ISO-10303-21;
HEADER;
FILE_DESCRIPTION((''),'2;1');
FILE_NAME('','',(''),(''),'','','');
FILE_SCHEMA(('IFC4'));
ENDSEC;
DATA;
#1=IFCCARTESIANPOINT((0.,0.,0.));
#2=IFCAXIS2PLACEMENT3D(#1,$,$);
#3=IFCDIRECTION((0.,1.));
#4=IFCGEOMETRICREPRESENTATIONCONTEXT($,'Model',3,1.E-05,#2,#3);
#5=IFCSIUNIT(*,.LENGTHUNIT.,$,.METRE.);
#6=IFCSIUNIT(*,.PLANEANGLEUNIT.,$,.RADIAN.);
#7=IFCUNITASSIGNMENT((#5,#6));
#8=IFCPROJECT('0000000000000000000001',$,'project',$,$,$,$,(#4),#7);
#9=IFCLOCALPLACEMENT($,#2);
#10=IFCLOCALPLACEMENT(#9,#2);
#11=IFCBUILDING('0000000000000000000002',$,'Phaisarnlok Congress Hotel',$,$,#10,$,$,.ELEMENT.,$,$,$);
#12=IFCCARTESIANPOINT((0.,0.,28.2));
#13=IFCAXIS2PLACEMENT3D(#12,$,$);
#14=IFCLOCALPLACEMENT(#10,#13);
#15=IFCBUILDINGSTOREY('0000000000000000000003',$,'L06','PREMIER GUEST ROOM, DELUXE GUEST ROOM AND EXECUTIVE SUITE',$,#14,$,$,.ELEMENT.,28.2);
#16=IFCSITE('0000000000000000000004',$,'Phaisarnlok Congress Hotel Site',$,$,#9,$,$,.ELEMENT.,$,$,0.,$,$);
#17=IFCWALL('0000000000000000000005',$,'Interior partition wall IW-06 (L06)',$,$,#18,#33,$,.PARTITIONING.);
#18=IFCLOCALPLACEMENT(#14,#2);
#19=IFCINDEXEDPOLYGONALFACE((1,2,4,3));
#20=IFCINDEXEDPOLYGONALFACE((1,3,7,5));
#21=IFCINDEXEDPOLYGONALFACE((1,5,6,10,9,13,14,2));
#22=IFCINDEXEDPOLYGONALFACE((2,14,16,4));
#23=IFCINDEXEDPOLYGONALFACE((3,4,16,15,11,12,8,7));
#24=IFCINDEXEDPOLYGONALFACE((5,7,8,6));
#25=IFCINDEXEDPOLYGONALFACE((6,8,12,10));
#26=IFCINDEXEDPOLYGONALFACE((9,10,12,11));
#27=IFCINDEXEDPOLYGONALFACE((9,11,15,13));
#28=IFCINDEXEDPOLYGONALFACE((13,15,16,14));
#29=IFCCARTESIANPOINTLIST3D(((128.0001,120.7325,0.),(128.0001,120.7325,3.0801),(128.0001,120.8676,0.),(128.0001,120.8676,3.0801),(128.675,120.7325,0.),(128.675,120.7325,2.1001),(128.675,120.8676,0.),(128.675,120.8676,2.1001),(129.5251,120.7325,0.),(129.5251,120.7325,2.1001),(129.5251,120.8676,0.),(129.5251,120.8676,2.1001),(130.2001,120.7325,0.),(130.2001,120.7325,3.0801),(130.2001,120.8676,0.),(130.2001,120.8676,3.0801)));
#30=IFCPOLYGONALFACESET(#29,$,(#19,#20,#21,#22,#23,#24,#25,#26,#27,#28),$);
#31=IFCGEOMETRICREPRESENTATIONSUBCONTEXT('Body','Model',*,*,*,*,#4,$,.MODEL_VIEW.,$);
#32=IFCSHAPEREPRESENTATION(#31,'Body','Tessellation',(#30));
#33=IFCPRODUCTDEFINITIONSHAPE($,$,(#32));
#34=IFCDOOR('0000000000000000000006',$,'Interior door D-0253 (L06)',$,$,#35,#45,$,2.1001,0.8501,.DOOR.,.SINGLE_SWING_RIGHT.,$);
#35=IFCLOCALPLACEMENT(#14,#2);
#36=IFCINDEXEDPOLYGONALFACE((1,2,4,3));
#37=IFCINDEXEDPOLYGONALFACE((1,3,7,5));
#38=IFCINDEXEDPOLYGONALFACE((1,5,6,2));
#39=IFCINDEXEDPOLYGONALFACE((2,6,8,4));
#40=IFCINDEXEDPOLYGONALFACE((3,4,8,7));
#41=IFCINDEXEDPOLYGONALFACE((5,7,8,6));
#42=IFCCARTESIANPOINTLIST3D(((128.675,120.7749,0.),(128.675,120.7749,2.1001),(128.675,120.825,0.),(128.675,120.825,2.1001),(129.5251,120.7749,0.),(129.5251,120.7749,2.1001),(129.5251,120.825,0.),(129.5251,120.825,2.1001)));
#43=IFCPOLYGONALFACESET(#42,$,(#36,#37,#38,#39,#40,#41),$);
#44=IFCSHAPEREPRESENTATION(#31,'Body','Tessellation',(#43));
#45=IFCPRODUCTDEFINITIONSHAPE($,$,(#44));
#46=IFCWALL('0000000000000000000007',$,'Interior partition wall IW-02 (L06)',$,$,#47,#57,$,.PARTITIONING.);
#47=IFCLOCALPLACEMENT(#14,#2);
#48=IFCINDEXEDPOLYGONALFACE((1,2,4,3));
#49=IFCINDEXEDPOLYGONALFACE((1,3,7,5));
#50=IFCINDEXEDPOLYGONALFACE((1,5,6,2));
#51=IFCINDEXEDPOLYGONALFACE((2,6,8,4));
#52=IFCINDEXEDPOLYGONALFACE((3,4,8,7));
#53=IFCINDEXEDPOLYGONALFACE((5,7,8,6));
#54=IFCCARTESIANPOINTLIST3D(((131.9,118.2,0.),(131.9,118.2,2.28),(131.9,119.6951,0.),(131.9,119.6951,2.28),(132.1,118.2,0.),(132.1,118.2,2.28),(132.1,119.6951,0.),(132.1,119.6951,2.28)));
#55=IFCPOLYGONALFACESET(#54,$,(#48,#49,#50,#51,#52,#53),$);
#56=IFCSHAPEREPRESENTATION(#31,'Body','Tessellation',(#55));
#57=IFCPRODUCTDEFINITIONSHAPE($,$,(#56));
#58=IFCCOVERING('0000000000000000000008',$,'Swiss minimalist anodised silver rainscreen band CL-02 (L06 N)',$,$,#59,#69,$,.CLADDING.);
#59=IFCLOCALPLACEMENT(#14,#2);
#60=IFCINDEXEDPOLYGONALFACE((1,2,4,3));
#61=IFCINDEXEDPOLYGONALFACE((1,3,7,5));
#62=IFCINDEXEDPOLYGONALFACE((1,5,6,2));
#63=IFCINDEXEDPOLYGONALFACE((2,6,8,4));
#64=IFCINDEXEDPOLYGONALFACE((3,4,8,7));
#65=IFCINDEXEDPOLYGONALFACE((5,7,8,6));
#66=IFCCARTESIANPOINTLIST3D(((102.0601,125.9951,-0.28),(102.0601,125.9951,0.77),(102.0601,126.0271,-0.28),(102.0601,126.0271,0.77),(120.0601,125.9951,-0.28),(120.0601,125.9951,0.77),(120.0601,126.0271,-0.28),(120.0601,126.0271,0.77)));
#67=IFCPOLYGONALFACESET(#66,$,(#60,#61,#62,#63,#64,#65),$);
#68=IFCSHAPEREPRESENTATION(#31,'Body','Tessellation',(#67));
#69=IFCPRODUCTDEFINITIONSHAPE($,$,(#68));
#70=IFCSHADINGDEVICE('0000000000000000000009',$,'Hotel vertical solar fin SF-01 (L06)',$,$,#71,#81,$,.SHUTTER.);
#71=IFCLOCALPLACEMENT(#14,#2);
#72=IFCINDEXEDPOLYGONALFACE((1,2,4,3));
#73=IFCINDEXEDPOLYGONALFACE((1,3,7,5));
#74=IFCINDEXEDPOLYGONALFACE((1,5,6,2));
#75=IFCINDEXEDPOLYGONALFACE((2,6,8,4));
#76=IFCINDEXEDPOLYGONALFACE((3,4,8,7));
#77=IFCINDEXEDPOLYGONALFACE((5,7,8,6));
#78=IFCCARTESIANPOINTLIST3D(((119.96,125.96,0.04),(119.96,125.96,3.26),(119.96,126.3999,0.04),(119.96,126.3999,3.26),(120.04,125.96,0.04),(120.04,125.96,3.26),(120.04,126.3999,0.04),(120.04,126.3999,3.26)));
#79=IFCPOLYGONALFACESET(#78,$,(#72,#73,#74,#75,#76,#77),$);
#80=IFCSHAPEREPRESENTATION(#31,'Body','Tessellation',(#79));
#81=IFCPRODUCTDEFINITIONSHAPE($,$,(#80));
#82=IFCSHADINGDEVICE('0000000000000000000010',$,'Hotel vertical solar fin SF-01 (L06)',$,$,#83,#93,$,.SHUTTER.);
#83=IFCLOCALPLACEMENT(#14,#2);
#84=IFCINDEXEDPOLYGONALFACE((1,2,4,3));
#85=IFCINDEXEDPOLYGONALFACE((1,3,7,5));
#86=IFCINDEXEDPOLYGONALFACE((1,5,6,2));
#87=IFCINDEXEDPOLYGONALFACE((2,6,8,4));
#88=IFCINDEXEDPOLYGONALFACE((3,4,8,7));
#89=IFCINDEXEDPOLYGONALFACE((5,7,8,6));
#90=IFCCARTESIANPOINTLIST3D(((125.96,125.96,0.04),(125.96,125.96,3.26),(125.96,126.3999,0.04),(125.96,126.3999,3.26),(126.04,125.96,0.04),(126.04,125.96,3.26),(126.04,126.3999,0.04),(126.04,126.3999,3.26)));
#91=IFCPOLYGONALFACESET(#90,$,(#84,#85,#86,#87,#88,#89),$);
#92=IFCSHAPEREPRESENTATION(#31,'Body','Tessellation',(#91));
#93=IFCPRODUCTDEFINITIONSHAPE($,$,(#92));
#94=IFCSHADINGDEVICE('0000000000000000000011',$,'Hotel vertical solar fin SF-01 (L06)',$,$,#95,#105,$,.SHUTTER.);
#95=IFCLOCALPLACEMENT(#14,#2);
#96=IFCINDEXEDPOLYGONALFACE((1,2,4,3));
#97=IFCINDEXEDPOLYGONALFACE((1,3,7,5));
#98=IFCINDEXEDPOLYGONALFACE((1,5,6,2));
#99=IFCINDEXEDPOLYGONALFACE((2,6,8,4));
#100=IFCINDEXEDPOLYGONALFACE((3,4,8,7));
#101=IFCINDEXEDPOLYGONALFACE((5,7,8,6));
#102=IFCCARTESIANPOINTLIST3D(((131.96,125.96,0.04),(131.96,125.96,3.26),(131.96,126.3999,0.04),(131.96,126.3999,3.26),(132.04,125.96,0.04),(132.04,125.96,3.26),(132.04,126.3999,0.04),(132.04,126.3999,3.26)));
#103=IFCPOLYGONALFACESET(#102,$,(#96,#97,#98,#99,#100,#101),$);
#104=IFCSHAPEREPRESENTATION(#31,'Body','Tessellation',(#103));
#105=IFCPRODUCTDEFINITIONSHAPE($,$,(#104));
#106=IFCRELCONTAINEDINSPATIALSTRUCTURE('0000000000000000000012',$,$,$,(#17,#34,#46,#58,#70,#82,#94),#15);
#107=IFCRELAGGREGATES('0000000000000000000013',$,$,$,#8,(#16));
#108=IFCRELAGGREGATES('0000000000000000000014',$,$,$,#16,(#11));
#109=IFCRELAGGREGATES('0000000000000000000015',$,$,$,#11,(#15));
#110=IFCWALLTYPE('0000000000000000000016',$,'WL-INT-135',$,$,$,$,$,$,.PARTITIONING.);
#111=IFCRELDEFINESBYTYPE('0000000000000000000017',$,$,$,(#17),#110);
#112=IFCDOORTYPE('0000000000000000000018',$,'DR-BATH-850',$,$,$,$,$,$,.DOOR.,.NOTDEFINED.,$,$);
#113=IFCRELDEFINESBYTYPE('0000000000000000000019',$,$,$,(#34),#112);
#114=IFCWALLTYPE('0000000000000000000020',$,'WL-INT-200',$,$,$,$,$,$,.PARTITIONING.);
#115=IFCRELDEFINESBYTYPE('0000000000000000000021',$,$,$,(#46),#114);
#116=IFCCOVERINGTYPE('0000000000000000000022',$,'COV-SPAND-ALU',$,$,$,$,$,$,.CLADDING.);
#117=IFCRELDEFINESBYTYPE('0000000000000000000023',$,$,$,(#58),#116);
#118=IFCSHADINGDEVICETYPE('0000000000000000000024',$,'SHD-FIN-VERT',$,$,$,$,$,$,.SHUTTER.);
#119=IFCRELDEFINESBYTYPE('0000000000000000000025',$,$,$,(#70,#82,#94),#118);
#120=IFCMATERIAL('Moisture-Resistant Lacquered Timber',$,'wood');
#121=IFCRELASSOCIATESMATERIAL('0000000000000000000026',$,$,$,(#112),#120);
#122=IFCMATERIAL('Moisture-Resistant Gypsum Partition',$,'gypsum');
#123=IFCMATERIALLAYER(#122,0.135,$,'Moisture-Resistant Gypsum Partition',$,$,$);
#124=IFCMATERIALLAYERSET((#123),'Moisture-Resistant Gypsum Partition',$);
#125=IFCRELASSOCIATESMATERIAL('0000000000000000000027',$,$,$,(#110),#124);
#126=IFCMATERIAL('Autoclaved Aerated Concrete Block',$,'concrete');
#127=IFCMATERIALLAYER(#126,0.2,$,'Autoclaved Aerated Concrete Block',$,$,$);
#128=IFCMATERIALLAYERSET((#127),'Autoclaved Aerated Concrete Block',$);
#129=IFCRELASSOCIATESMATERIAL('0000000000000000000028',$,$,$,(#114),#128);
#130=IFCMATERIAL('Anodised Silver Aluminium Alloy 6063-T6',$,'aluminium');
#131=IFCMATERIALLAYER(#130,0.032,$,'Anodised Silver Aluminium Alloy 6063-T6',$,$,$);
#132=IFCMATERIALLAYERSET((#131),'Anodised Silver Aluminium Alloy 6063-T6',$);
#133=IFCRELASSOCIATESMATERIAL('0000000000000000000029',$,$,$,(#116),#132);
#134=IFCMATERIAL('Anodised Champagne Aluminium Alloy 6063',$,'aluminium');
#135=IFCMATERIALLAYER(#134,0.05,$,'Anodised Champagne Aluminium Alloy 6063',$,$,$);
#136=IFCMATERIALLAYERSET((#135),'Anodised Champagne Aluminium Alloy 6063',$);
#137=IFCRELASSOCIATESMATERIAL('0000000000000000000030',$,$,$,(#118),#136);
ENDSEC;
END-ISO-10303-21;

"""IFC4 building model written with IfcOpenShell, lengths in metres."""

from ifc_helpers import new_model, si_unit, direction, frame, frame_2d, origin, origin_2d, place, context, subcontext, project, spatial, polyline, rectangle, outline, extrude, material, layer, layer_set, type_object, element, fill, save


model = new_model("IFC4")

# Units and contexts
model_context = context("Model", 3, precision=1e-05, world=origin(), true_north=direction((0.0, 1.0)))
body_context = subcontext(model_context, "Body", "Model", "MODEL_VIEW")
ifc_project = project(units=[si_unit("LENGTHUNIT", "METRE"), si_unit("PLANEANGLEUNIT", "RADIAN")], contexts=[model_context])

# Site, building, storey
site_placement = place(None, origin())
site = spatial("IfcSite", under=ifc_project, at=site_placement, Name="Phaisarnlok Congress Hotel Site", CompositionType="ELEMENT", RefElevation=0.0)
building_placement = place(site_placement, origin())
building = spatial("IfcBuilding", under=site, at=building_placement, Name="Phaisarnlok Congress Hotel", CompositionType="ELEMENT")
storey_placement = place(building_placement, frame((0.0, 0.0, 28.2)))
storey = spatial("IfcBuildingStorey", under=building, at=storey_placement, Name="L06", Description="PREMIER GUEST ROOM, DELUXE GUEST ROOM AND EXECUTIVE SUITE", CompositionType="ELEMENT", Elevation=28.2)

# Shared definitions
ifc_material_1 = material(Name="Moisture-Resistant Lacquered Timber", Category="wood")
door_type = type_object("IfcDoorType", Name="DR-BATH-850", OperationType="NOTDEFINED", PredefinedType="DOOR", material=ifc_material_1)

# Shared definitions
ifc_material_2 = material(Name="Moisture-Resistant Gypsum Partition", Category="gypsum")
ifc_layer_1 = layer(ifc_material_2, 0.135, Name="Moisture-Resistant Gypsum Partition")
ifc_layer_set_1 = layer_set([ifc_layer_1], Name="Moisture-Resistant Gypsum Partition")
wall_type_1 = type_object("IfcWallType", Name="WL-INT-135", PredefinedType="PARTITIONING", material=ifc_layer_set_1)

# Wall, opening, door
wall_1_placement = place(storey_placement, frame((128.0, 120.8, 0.0), z_axis=(0.0, 0.0, 1.0), x_axis=(1.0, 0.0, 0.0)))
wall_1 = element("IfcWall", 1, at=wall_1_placement, inside=storey, type_object=wall_type_1, Name="Interior partition wall IW-06 (L06)", PredefinedType="PARTITIONING", context=body_context, shape_type="SweptSolid", body=[
    extrude(rectangle(XDim=2.2, YDim=0.135, at=frame_2d((1.1001, 0.0))), origin(), (0.0, 0.0, 1.0), 3.0801),
])
opening_1_placement = place(wall_1_placement, frame((0.675, 0.0, 0.0)))
opening_1 = element("IfcOpeningElement", 2, at=opening_1_placement, cuts=wall_1, PredefinedType="OPENING", context=body_context, shape_type="SweptSolid", body=[
    extrude(rectangle(XDim=0.8501, YDim=2.1001, at=frame_2d((0.425, 1.05))), frame((0.0, 0.0776, 0.0), z_axis=(0.0, -1.0, 0.0), x_axis=(1.0, 0.0, 0.0)), (0.0, 0.0, 1.0), 0.155),
])
door_1_placement = place(opening_1_placement, origin())
door_1 = element("IfcDoor", 3, at=door_1_placement, inside=storey, type_object=door_type, Name="Interior door D-0253 (L06)", OperationType="SINGLE_SWING_RIGHT", OverallHeight=2.1001, OverallWidth=0.8501, PredefinedType="DOOR", context=body_context, shape_type="SweptSolid", body=[
    extrude(rectangle(XDim=0.8501, YDim=2.1001, at=frame_2d((0.425, 1.05))), frame((0.0, 0.0249, 0.0), z_axis=(0.0, -1.0, 0.0), x_axis=(1.0, 0.0, 0.0)), (0.0, 0.0, 1.0), 0.05),
])
fill(opening_1, door_1)

# Wall
ifc_material_3 = material(Name="Autoclaved Aerated Concrete Block", Category="concrete")
ifc_layer_2 = layer(ifc_material_3, 0.2, Name="Autoclaved Aerated Concrete Block")
ifc_layer_set_2 = layer_set([ifc_layer_2], Name="Autoclaved Aerated Concrete Block")
wall_type_2 = type_object("IfcWallType", Name="WL-INT-200", PredefinedType="PARTITIONING", material=ifc_layer_set_2)
wall_2_placement = place(storey_placement, frame((132.0, 118.2, 0.0), z_axis=(0.0, 0.0, 1.0), x_axis=(0.0, 1.0, 0.0)))
element("IfcWall", 4, at=wall_2_placement, inside=storey, type_object=wall_type_2, Name="Interior partition wall IW-02 (L06)", PredefinedType="PARTITIONING", context=body_context, shape_type="SweptSolid", body=[
    extrude(rectangle(XDim=1.4951, YDim=0.2, at=frame_2d((0.7476, 0.0))), origin(), (0.0, 0.0, 1.0), 2.28),
])

# Covering
ifc_material_4 = material(Name="Anodised Silver Aluminium Alloy 6063-T6", Category="aluminium")
ifc_layer_3 = layer(ifc_material_4, 0.032, Name="Anodised Silver Aluminium Alloy 6063-T6")
ifc_layer_set_3 = layer_set([ifc_layer_3], Name="Anodised Silver Aluminium Alloy 6063-T6")
covering_type = type_object("IfcCoveringType", Name="COV-SPAND-ALU", PredefinedType="CLADDING", material=ifc_layer_set_3)
covering_placement = place(storey_placement, frame((120.0601, 125.9951, -0.28), z_axis=(0.0, 1.0, 0.0), x_axis=(-1.0, 0.0, 0.0)))
element("IfcCovering", 5, at=covering_placement, inside=storey, type_object=covering_type, Name="Swiss minimalist anodised silver rainscreen band CL-02 (L06 N)", PredefinedType="CLADDING", context=body_context, shape_type="SweptSolid", body=[
    extrude(outline(polyline([(0.0, 0.0), (18.0, 0.0), (18.0, 1.05), (0.0, 1.05), (0.0, 0.0)])), origin(), (0.0, 0.0, 1.0), 0.032),
])

# Shading devices
ifc_material_5 = material(Name="Anodised Champagne Aluminium Alloy 6063", Category="aluminium")
ifc_layer_4 = layer(ifc_material_5, 0.05, Name="Anodised Champagne Aluminium Alloy 6063")
ifc_layer_set_4 = layer_set([ifc_layer_4], Name="Anodised Champagne Aluminium Alloy 6063")
shading_device_type = type_object("IfcShadingDeviceType", Name="SHD-FIN-VERT", PredefinedType="SHUTTER", material=ifc_layer_set_4)
for number, where, z_axis, x_axis, name in (
    (6, (120.0, 126.1799, 0.04), (0.0, 0.0, 1.0), (1.0, 0.0, 0.0), "Hotel vertical solar fin SF-01 (L06)"),
    (7, (126.0, 126.1799, 0.04), (0.0, 0.0, 1.0), (1.0, 0.0, 0.0), "Hotel vertical solar fin SF-01 (L06)"),
    (8, (132.0, 126.1799, 0.04), (0.0, 0.0, 1.0), (1.0, 0.0, 0.0), "Hotel vertical solar fin SF-01 (L06)"),
):
    element("IfcShadingDevice", number, at=place(storey_placement, frame(where, z_axis=z_axis, x_axis=x_axis)), inside=storey, type_object=shading_device_type, Name=name, PredefinedType="SHUTTER", context=body_context, shape_type="SweptSolid", body=[
        extrude(rectangle(XDim=0.0801, YDim=0.4399, at=origin_2d()), origin(), (0.0, 0.0, 1.0), 3.22),
    ])

save(model, "model.ifc")
